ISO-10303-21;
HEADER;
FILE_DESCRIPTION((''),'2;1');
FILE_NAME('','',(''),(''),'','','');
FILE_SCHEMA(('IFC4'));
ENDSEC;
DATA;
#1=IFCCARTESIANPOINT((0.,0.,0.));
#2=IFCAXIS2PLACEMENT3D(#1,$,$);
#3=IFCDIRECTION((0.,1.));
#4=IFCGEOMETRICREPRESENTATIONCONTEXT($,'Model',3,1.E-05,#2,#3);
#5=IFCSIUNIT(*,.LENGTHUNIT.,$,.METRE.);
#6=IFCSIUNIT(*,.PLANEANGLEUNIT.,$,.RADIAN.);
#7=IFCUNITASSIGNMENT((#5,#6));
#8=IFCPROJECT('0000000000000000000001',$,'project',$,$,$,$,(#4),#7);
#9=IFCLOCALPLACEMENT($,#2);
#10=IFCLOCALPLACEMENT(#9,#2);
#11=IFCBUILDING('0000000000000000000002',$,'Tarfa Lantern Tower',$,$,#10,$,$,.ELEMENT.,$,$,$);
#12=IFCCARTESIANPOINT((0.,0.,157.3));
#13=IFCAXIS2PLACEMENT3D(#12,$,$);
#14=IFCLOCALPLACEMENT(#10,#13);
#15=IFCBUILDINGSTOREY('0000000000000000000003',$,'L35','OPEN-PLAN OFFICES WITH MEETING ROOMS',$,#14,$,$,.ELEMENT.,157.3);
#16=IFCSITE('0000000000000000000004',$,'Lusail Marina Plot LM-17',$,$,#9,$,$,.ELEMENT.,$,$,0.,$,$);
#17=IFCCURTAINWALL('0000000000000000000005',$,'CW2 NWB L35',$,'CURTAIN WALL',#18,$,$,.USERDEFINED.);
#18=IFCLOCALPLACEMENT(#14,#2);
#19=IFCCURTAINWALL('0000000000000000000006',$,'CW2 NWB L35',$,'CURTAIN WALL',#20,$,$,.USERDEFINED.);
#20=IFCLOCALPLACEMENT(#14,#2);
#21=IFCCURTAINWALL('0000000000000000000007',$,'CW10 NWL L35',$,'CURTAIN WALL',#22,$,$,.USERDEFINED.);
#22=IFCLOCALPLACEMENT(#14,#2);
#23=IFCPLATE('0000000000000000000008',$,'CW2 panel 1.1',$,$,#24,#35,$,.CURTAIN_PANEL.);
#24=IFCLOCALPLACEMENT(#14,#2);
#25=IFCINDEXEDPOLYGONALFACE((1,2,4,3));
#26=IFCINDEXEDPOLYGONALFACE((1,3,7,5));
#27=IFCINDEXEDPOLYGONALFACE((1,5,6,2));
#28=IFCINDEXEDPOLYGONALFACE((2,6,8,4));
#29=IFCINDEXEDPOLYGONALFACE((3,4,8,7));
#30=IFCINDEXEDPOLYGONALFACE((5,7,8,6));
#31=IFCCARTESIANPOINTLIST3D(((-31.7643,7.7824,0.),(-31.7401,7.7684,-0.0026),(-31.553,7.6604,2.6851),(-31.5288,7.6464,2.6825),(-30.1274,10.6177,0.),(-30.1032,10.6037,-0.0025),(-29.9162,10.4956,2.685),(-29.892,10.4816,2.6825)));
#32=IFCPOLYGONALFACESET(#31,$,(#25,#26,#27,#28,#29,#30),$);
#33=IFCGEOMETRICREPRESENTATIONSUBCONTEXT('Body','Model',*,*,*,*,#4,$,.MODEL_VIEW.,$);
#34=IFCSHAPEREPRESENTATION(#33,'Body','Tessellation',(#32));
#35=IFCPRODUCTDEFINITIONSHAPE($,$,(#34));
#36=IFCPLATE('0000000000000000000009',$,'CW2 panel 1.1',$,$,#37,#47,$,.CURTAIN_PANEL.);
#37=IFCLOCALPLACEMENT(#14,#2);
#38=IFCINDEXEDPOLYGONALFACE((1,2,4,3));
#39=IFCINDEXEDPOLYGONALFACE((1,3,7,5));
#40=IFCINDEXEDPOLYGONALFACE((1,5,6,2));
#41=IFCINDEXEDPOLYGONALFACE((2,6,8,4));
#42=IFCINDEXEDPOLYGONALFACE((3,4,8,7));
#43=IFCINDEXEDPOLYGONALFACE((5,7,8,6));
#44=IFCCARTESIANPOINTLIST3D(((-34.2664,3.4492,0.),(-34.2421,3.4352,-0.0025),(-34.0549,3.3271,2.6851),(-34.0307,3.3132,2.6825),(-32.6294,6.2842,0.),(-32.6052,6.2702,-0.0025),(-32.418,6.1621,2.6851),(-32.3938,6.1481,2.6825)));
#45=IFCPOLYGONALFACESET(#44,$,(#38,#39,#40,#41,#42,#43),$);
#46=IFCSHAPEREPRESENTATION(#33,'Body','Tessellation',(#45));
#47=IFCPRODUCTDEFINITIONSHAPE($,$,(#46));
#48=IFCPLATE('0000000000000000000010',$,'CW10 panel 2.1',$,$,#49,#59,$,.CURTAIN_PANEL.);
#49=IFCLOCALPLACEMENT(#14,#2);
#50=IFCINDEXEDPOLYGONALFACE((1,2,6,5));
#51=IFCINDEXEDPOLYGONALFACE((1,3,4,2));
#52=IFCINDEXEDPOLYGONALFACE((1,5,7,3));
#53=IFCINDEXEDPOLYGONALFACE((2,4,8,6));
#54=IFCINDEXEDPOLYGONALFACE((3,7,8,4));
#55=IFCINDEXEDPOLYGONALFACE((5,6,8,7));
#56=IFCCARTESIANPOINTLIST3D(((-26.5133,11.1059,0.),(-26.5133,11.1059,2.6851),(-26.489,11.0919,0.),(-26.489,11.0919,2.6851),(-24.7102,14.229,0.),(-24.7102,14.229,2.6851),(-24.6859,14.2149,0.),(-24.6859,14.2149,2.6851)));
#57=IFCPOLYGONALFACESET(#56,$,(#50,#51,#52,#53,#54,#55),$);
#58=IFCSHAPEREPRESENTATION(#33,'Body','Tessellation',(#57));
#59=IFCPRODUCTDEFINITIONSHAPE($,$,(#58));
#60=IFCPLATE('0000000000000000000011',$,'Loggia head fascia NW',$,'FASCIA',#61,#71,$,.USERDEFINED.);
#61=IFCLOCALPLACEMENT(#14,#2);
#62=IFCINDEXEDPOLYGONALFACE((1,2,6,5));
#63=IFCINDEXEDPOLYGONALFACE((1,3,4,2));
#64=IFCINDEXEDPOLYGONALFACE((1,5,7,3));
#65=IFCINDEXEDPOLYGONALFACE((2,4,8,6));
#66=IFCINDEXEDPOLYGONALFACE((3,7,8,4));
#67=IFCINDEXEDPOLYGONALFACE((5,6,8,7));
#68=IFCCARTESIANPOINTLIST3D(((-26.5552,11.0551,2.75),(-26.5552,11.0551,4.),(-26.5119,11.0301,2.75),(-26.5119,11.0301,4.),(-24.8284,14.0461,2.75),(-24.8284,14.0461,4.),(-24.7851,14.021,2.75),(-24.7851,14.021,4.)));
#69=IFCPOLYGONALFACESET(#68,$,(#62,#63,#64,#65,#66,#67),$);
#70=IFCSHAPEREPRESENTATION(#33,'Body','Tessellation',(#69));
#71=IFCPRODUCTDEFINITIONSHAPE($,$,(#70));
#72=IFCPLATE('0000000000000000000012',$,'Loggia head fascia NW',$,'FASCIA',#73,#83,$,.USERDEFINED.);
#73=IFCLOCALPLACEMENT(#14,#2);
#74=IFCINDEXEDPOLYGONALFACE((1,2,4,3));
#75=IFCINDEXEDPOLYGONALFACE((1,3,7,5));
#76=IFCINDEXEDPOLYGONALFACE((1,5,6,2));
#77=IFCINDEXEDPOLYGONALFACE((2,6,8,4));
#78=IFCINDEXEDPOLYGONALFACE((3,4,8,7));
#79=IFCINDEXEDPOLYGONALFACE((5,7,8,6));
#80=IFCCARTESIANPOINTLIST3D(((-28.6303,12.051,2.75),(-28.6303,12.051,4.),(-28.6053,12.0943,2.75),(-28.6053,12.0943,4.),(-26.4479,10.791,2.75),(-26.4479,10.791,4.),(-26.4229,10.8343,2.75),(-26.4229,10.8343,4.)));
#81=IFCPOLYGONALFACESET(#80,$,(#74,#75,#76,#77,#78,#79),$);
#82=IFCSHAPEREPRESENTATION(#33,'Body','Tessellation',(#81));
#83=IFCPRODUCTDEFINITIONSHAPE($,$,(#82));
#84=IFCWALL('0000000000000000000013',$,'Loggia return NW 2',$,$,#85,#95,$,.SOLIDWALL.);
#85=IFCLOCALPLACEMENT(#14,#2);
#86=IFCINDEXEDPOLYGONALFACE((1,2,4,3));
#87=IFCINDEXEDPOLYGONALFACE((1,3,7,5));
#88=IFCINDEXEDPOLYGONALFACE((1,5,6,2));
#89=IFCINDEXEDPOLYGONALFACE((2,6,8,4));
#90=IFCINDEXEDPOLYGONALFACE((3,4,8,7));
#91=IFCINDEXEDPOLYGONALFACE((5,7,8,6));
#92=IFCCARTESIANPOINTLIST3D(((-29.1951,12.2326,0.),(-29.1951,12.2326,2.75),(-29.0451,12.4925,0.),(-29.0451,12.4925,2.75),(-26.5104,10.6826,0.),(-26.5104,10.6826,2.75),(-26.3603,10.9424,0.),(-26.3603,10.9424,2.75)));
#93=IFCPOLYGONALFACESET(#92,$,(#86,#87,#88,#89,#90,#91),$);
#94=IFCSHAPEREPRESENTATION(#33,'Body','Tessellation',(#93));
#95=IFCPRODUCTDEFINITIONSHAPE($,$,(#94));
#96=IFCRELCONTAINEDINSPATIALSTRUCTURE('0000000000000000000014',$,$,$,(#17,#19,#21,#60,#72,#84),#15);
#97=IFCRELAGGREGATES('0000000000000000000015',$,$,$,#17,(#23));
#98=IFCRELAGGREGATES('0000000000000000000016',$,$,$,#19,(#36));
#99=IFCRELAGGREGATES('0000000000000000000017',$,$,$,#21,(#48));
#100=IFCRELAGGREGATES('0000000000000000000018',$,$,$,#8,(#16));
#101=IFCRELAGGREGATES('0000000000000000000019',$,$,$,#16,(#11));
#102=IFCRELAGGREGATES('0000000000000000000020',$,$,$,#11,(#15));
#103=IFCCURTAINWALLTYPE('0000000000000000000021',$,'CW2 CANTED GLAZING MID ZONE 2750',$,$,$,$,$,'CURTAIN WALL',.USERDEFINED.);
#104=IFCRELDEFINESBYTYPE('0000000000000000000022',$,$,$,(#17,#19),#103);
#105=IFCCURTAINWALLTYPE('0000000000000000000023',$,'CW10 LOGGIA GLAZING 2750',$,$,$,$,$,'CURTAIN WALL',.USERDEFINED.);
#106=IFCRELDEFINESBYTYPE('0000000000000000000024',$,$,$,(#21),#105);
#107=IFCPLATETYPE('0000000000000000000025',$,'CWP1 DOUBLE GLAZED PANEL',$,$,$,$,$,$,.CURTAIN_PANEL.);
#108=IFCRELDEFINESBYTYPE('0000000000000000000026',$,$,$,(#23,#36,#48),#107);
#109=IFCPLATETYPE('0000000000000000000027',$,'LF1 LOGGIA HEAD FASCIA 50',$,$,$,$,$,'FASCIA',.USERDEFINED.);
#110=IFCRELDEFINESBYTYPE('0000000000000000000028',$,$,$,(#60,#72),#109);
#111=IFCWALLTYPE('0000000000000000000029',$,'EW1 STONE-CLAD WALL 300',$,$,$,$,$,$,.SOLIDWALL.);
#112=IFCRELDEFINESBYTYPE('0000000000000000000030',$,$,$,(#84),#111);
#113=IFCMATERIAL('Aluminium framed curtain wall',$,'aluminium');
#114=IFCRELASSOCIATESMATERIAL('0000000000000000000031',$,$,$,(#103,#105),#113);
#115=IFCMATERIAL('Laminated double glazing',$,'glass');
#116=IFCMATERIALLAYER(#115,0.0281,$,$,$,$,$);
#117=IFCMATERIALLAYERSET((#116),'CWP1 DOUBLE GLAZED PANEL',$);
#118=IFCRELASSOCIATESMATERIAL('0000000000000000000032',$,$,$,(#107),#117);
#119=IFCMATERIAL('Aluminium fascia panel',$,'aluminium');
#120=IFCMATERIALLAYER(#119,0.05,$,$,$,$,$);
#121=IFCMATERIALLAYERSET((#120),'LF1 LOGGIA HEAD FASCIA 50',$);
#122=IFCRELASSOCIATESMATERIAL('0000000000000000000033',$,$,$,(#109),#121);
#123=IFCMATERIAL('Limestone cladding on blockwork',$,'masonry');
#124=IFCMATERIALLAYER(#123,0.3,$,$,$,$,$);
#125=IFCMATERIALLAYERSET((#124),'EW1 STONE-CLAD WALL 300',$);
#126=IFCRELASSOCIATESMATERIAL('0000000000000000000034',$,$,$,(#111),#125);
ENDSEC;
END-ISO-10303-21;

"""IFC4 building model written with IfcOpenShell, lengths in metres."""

from ifc_helpers import new_model, si_unit, direction, frame, frame_2d, origin, origin_2d, place, context, subcontext, project, spatial, polyline, rectangle, outline, extrude, material, layer, layer_set, type_object, element, aggregate, save


model = new_model("IFC4")

# Units and contexts
model_context = context("Model", 3, precision=1e-05, world=origin(), true_north=direction((0.0, 1.0)))
body_context = subcontext(model_context, "Body", "Model", "MODEL_VIEW")
ifc_project = project(units=[si_unit("LENGTHUNIT", "METRE"), si_unit("PLANEANGLEUNIT", "RADIAN")], contexts=[model_context])

# Site, building, storey
site_placement = place(None, origin())
site = spatial("IfcSite", under=ifc_project, at=site_placement, Name="Lusail Marina Plot LM-17", CompositionType="ELEMENT", RefElevation=0.0)
building_placement = place(site_placement, origin())
building = spatial("IfcBuilding", under=site, at=building_placement, Name="Tarfa Lantern Tower", CompositionType="ELEMENT")
storey_placement = place(building_placement, frame((0.0, 0.0, 157.3)))
storey = spatial("IfcBuildingStorey", under=building, at=storey_placement, Name="L35", Description="OPEN-PLAN OFFICES WITH MEETING ROOMS", CompositionType="ELEMENT", Elevation=157.3)

# Curtain walls
ifc_material_1 = material(Name="Aluminium framed curtain wall", Category="aluminium")
curtain_wall_type_1 = type_object("IfcCurtainWallType", Name="CW2 CANTED GLAZING MID ZONE 2750", ElementType="CURTAIN WALL", PredefinedType="USERDEFINED", material=ifc_material_1)
curtain_wall_1_placement = place(storey_placement, origin())
curtain_wall_1 = element("IfcCurtainWall", 1, at=curtain_wall_1_placement, inside=storey, type_object=curtain_wall_type_1, Name="CW2 NWB L35", ObjectType="CURTAIN WALL", PredefinedType="USERDEFINED")
curtain_wall_2_placement = place(storey_placement, origin())
curtain_wall_2 = element("IfcCurtainWall", 2, at=curtain_wall_2_placement, inside=storey, type_object=curtain_wall_type_1, Name="CW2 NWB L35", ObjectType="CURTAIN WALL", PredefinedType="USERDEFINED")

# Curtain wall
curtain_wall_type_2 = type_object("IfcCurtainWallType", Name="CW10 LOGGIA GLAZING 2750", ElementType="CURTAIN WALL", PredefinedType="USERDEFINED", material=ifc_material_1)
curtain_wall_3_placement = place(storey_placement, origin())
curtain_wall_3 = element("IfcCurtainWall", 3, at=curtain_wall_3_placement, inside=storey, type_object=curtain_wall_type_2, Name="CW10 NWL L35", ObjectType="CURTAIN WALL", PredefinedType="USERDEFINED")

# Plates
ifc_material_2 = material(Name="Laminated double glazing", Category="glass")
ifc_layer_1 = layer(ifc_material_2, 0.0281)
ifc_layer_set_1 = layer_set([ifc_layer_1], Name="CWP1 DOUBLE GLAZED PANEL")
plate_type_1 = type_object("IfcPlateType", Name="CWP1 DOUBLE GLAZED PANEL", PredefinedType="CURTAIN_PANEL", material=ifc_layer_set_1)
plate_1_placement = place(storey_placement, frame((-30.1274, 10.6177, 0.0), z_axis=(-0.862479, 0.497933, 0.090511), x_axis=(-0.499985, -0.866034, -0.000003)))
plate_1 = element("IfcPlate", 4, at=plate_1_placement, type_object=plate_type_1, Name="CW2 panel 1.1", PredefinedType="CURTAIN_PANEL", context=body_context, shape_type="SweptSolid", body=[
    extrude(outline(polyline([(0.0, 0.0), (3.2738, 0.0), (3.2738, 2.6961), (0.0001, 2.6961), (0.0, 0.0)])), origin(), (0.0, 0.0, -1.0), 0.0281),
])
aggregate(curtain_wall_1, [plate_1])
plate_2_placement = place(storey_placement, frame((-32.6294, 6.2842, 0.0), z_axis=(-0.862442, 0.497991, 0.09055), x_axis=(-0.500045, -0.865999, 0.0)))
plate_2 = element("IfcPlate", 5, at=plate_2_placement, type_object=plate_type_1, Name="CW2 panel 1.1", PredefinedType="CURTAIN_PANEL", context=body_context, shape_type="SweptSolid", body=[
    extrude(outline(polyline([(0.0, 0.0), (3.2736, 0.0), (3.2736, 2.6961), (0.0, 2.6961), (0.0, 0.0)])), origin(), (0.0, 0.0, -1.0), 0.0281),
])
aggregate(curtain_wall_2, [plate_2])
plate_3_placement = place(storey_placement, frame((-25.5996, 12.6604, 0.0), z_axis=(0.0, 0.0, 1.0), x_axis=(-0.5, -0.866025, 0.0)))
plate_3 = element("IfcPlate", 6, at=plate_3_placement, type_object=plate_type_1, Name="CW10 panel 2.1", PredefinedType="CURTAIN_PANEL", context=body_context, shape_type="SweptSolid", body=[
    extrude(rectangle(XDim=3.6062, YDim=0.0281, at=origin_2d()), origin(), (0.0, 0.0, 1.0), 2.6851),
])
aggregate(curtain_wall_3, [plate_3])

# Plates
ifc_material_3 = material(Name="Aluminium fascia panel", Category="aluminium")
ifc_layer_2 = layer(ifc_material_3, 0.05)
ifc_layer_set_2 = layer_set([ifc_layer_2], Name="LF1 LOGGIA HEAD FASCIA 50")
plate_type_2 = type_object("IfcPlateType", Name="LF1 LOGGIA HEAD FASCIA 50", ElementType="FASCIA", PredefinedType="USERDEFINED", material=ifc_layer_set_2)
plate_4_placement = place(storey_placement, frame((-25.6702, 12.5381, 2.75), z_axis=(0.0, 0.0, 1.0), x_axis=(-0.5, -0.866025, 0.0)))
element("IfcPlate", 7, at=plate_4_placement, inside=storey, type_object=plate_type_2, Name="Loggia head fascia NW", ObjectType="FASCIA", PredefinedType="USERDEFINED", context=body_context, shape_type="SweptSolid", body=[
    extrude(rectangle(XDim=3.4536, YDim=0.05, at=origin_2d()), origin(), (0.0, 0.0, 1.0), 1.25),
])
plate_5_placement = place(storey_placement, frame((-27.5266, 11.4426, 2.75), z_axis=(0.0, 0.0, 1.0), x_axis=(0.866025, -0.5, 0.0)))
element("IfcPlate", 8, at=plate_5_placement, inside=storey, type_object=plate_type_2, Name="Loggia head fascia NW", ObjectType="FASCIA", PredefinedType="USERDEFINED", context=body_context, shape_type="SweptSolid", body=[
    extrude(rectangle(XDim=2.52, YDim=0.05, at=origin_2d()), origin(), (0.0, 0.0, 1.0), 1.25),
])

# Wall
ifc_material_4 = material(Name="Limestone cladding on blockwork", Category="masonry")
ifc_layer_3 = layer(ifc_material_4, 0.3)
ifc_layer_set_3 = layer_set([ifc_layer_3], Name="EW1 STONE-CLAD WALL 300")
wall_type = type_object("IfcWallType", Name="EW1 STONE-CLAD WALL 300", PredefinedType="SOLIDWALL", material=ifc_layer_set_3)
wall_placement = place(storey_placement, frame((-29.1201, 12.3625, 0.0), z_axis=(0.0, 0.0, 1.0), x_axis=(0.86603, -0.499993, 0.0)))
element("IfcWall", 9, at=wall_placement, inside=storey, type_object=wall_type, Name="Loggia return NW 2", PredefinedType="SOLIDWALL", context=body_context, shape_type="SweptSolid", body=[
    extrude(rectangle(XDim=3.1001, YDim=0.3, at=frame_2d((1.55, 0.0))), origin(), (0.0, 0.0, 1.0), 2.75),
])

save(model, "model.ifc")
